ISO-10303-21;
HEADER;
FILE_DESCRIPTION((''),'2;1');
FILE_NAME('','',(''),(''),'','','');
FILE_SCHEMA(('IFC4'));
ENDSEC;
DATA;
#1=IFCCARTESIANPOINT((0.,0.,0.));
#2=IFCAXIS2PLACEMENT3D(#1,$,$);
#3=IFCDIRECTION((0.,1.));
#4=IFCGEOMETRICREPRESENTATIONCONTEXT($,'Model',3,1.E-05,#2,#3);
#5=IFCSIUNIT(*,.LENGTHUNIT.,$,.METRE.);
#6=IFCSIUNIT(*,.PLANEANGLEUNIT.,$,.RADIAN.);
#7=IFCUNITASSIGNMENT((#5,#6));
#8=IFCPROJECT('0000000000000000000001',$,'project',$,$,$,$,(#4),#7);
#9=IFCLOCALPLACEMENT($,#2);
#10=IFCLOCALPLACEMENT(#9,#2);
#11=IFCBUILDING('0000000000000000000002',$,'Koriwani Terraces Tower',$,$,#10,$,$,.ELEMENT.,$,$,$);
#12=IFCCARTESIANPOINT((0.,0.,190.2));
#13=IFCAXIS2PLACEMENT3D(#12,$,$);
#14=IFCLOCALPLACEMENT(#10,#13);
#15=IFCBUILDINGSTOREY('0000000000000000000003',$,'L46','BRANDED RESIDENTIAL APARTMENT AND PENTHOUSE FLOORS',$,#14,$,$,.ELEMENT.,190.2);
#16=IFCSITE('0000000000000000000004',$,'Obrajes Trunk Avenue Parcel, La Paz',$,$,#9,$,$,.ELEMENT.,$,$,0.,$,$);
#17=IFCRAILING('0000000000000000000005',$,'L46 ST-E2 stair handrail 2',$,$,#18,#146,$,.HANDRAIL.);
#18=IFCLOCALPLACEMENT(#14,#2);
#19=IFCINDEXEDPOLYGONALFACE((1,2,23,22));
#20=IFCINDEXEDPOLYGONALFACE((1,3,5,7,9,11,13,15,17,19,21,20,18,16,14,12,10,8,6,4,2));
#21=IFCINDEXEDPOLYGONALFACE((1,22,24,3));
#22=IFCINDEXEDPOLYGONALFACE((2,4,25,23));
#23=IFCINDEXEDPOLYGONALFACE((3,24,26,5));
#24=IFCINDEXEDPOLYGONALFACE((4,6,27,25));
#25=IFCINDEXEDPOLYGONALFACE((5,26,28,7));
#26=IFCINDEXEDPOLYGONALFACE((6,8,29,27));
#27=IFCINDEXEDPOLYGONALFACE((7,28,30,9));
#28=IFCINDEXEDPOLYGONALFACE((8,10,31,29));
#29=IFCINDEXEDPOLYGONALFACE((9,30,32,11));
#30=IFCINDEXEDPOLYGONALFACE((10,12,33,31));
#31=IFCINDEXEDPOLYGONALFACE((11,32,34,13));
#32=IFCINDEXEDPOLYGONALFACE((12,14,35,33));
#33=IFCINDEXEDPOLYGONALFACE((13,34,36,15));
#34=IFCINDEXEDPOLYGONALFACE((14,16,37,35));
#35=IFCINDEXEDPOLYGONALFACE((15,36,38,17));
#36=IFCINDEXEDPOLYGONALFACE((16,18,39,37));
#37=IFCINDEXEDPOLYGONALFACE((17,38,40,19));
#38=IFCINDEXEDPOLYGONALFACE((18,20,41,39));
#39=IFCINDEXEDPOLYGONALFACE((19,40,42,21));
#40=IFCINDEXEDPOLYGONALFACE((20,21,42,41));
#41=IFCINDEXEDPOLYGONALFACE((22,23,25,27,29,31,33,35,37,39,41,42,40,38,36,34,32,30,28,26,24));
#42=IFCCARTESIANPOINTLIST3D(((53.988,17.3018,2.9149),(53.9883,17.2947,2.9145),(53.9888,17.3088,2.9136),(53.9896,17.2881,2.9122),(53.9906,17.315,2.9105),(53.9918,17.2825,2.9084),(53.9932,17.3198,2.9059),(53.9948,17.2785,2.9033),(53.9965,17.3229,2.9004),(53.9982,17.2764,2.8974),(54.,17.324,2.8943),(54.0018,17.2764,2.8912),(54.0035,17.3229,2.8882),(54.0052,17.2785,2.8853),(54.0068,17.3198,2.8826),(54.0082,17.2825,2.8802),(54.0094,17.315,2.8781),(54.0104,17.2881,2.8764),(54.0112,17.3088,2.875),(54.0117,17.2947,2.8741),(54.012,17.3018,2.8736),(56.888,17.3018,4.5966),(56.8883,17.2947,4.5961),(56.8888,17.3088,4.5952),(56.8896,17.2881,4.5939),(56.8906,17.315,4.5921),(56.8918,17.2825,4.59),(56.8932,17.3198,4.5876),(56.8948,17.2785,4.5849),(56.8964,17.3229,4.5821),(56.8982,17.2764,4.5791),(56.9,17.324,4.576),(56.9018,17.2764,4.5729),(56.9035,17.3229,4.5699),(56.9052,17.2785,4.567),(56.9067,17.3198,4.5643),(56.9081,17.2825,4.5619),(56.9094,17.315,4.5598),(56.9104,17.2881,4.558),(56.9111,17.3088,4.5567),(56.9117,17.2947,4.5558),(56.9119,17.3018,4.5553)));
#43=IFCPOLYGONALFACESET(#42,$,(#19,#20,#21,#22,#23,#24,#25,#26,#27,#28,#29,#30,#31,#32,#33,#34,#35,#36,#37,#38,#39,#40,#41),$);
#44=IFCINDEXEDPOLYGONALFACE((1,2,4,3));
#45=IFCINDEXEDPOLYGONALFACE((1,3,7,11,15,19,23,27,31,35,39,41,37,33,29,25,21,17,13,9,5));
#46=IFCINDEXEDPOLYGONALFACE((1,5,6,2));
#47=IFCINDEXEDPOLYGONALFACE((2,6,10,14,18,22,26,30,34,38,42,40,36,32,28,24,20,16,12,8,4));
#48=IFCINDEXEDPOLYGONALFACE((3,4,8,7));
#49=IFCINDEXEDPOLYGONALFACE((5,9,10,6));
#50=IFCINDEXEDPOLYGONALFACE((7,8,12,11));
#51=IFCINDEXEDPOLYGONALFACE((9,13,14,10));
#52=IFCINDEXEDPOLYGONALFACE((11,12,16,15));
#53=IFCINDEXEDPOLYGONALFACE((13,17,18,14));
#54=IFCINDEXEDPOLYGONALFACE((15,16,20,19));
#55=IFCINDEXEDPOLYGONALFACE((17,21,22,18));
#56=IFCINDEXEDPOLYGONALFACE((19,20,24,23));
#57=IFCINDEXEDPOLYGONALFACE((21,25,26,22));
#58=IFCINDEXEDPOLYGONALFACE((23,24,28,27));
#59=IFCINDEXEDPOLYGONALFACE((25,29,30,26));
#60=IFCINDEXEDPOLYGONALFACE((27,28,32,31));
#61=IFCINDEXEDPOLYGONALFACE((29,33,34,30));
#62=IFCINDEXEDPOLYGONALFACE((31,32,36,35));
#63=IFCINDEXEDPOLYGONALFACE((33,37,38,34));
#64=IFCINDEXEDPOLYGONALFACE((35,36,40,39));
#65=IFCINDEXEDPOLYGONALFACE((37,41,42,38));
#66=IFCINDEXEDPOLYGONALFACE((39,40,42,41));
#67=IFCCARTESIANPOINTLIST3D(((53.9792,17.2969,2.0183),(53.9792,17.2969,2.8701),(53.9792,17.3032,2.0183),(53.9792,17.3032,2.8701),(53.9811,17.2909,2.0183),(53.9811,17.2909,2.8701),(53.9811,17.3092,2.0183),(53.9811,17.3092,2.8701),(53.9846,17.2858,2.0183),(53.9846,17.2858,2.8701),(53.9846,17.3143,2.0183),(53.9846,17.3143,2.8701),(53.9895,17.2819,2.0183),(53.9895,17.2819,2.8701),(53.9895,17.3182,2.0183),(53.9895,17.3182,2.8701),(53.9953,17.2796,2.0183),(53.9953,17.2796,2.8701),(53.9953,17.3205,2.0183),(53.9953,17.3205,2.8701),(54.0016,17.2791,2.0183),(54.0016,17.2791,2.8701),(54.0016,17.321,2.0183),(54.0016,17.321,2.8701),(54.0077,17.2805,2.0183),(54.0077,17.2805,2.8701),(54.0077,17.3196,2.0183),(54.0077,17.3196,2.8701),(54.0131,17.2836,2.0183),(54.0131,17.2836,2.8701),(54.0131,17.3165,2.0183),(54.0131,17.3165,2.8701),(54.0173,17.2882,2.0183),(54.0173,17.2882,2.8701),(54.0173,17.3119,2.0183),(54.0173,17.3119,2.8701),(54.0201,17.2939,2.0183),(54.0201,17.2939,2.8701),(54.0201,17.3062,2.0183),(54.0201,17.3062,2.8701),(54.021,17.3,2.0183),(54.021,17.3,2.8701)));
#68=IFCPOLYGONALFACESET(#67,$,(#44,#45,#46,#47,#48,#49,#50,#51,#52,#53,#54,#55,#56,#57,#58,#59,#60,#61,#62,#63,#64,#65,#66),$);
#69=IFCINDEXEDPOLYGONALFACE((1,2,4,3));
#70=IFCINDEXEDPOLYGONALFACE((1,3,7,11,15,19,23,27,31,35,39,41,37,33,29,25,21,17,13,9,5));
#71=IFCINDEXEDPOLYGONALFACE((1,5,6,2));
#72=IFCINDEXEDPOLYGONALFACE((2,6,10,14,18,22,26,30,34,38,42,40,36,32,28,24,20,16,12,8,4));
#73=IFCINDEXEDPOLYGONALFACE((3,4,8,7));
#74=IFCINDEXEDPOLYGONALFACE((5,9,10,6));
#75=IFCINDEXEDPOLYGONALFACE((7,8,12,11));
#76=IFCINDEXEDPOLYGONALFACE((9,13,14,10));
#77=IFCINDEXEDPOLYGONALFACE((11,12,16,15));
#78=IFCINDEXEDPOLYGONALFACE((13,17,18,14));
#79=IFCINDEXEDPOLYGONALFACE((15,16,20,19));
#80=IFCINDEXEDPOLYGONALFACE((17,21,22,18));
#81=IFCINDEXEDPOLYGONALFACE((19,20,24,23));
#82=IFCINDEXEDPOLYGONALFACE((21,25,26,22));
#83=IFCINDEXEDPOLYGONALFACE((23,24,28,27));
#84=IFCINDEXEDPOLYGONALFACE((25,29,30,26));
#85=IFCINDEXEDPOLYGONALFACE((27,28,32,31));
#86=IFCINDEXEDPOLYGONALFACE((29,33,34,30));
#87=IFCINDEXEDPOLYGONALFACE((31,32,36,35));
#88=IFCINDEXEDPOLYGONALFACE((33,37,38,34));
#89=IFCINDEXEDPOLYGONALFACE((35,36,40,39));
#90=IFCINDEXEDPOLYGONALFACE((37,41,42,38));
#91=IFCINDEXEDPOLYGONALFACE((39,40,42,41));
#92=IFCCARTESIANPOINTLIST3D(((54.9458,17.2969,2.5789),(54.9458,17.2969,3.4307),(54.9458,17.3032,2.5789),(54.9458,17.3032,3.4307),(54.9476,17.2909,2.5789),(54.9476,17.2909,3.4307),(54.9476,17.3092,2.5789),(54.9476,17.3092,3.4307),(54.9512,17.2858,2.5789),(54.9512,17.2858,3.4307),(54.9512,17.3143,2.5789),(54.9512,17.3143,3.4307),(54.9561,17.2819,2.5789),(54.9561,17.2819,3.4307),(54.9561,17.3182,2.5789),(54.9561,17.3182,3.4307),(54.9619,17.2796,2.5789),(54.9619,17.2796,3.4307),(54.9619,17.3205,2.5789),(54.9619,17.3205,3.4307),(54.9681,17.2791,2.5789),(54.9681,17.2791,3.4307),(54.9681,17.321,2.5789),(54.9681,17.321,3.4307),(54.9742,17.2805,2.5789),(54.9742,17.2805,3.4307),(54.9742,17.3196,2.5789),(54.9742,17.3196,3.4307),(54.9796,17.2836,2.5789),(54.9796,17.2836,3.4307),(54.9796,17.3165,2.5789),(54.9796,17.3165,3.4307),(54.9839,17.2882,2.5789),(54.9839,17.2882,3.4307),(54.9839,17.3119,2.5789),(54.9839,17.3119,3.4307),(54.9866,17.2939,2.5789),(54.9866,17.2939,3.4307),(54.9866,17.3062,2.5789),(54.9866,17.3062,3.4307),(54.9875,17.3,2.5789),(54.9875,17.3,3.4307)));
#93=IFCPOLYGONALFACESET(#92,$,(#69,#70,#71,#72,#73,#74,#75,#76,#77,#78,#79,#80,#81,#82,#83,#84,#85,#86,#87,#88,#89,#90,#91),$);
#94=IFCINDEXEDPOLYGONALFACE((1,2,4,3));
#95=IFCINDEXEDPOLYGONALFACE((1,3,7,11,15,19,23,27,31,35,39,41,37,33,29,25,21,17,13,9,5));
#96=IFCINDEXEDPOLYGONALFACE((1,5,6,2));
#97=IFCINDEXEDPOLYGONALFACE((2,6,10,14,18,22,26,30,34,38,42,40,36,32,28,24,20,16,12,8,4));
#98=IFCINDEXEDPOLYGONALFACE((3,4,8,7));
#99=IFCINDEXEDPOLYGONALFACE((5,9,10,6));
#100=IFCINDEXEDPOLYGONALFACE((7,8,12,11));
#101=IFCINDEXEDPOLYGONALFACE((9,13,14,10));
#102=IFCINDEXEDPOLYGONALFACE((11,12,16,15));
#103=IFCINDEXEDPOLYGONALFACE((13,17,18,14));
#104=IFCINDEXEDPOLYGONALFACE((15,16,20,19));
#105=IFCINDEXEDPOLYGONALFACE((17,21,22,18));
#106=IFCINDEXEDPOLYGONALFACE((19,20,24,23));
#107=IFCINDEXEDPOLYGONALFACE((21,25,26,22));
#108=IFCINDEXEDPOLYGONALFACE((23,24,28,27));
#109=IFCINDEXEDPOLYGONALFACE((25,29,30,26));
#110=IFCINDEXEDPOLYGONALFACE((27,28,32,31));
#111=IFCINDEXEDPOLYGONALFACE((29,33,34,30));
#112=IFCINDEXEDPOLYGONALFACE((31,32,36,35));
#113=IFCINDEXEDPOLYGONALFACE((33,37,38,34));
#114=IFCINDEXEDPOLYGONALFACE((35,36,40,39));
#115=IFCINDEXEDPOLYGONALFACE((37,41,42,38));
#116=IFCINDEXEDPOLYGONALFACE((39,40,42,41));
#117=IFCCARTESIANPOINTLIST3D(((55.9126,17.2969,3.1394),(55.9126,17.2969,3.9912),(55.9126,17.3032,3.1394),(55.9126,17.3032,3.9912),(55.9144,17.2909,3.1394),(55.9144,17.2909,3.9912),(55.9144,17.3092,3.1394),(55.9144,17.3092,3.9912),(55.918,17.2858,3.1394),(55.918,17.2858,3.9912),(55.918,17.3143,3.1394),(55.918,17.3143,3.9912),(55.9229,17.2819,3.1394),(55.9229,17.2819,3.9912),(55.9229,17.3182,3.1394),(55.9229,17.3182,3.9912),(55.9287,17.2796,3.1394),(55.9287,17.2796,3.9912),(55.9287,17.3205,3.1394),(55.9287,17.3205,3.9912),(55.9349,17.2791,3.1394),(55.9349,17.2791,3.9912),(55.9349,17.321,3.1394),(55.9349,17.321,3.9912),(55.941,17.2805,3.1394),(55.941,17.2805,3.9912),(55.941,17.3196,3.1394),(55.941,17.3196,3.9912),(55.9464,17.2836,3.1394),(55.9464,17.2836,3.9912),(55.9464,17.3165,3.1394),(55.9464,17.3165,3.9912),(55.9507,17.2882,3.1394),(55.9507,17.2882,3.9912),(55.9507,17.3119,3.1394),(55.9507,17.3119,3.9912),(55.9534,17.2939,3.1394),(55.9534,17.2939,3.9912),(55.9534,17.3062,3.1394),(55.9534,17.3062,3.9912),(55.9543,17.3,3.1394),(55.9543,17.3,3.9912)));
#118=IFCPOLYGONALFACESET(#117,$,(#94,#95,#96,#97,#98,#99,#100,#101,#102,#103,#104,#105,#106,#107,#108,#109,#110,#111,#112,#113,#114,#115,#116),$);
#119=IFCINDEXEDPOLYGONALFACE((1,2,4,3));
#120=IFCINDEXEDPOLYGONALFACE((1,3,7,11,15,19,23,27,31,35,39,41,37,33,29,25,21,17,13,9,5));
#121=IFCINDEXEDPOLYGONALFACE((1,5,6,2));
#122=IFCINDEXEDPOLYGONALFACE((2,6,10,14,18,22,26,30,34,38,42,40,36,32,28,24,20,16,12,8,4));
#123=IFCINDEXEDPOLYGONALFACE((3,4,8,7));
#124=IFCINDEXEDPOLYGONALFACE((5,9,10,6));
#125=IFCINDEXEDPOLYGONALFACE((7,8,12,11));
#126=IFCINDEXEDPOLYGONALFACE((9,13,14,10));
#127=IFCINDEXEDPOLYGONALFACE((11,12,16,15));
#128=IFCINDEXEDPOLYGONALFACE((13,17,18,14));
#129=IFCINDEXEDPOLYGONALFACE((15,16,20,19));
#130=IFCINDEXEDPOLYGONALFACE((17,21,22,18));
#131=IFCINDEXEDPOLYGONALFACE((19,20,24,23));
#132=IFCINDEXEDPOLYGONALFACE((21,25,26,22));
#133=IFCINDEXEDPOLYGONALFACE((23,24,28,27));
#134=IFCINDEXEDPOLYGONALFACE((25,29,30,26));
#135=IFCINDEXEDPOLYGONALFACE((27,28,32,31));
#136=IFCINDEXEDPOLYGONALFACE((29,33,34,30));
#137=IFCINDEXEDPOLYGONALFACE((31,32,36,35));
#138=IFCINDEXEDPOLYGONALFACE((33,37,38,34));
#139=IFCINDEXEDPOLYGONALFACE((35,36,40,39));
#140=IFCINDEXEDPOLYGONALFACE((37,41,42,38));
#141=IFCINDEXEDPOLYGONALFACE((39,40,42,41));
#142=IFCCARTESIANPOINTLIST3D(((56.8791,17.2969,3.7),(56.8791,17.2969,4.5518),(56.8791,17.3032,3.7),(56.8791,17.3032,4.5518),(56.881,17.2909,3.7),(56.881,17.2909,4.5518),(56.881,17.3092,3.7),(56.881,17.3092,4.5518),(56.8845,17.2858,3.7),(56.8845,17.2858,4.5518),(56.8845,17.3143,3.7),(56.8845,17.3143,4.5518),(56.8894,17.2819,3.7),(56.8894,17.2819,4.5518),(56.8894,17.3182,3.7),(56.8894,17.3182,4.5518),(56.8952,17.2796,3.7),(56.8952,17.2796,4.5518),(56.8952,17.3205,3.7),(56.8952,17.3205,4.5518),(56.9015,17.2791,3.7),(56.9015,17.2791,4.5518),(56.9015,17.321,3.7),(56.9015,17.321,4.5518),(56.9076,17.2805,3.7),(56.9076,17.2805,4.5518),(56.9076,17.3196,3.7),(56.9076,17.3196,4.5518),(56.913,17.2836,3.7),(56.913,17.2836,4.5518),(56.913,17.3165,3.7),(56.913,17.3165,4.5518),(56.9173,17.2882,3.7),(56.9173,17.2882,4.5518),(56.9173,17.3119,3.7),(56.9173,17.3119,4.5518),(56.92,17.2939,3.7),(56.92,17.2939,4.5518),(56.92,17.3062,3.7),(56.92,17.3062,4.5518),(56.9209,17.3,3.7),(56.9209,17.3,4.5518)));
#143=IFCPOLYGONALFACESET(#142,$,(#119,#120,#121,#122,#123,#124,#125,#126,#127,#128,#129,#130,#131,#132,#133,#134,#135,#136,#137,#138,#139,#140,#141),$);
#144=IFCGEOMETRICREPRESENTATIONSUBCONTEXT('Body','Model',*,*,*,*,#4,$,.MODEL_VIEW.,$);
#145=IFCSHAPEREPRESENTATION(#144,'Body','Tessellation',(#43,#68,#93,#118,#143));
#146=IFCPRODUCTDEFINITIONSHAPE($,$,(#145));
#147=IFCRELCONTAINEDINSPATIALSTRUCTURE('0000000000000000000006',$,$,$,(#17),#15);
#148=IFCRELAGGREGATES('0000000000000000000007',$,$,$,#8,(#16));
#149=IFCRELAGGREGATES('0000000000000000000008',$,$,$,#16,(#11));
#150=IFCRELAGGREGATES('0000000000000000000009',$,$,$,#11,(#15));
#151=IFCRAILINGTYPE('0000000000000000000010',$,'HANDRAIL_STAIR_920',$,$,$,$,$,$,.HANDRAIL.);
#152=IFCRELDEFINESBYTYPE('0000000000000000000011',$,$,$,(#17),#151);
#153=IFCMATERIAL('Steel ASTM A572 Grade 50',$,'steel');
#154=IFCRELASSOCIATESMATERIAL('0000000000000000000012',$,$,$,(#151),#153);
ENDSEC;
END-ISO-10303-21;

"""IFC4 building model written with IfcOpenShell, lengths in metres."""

from ifc_helpers import new_model, si_unit, direction, frame, origin, origin_2d, place, context, subcontext, project, spatial, circle, extrude, material, type_object, element, save


model = new_model("IFC4")

# Units and contexts
model_context = context("Model", 3, precision=1e-05, world=origin(), true_north=direction((0.0, 1.0)))
body_context = subcontext(model_context, "Body", "Model", "MODEL_VIEW")
ifc_project = project(units=[si_unit("LENGTHUNIT", "METRE"), si_unit("PLANEANGLEUNIT", "RADIAN")], contexts=[model_context])

# Site, building, storey
site_placement = place(None, origin())
site = spatial("IfcSite", under=ifc_project, at=site_placement, Name="Obrajes Trunk Avenue Parcel, La Paz", CompositionType="ELEMENT", RefElevation=0.0)
building_placement = place(site_placement, origin())
building = spatial("IfcBuilding", under=site, at=building_placement, Name="Koriwani Terraces Tower", CompositionType="ELEMENT")
storey_placement = place(building_placement, frame((0.0, 0.0, 190.2)))
storey = spatial("IfcBuildingStorey", under=building, at=storey_placement, Name="L46", Description="BRANDED RESIDENTIAL APARTMENT AND PENTHOUSE FLOORS", CompositionType="ELEMENT", Elevation=190.2)

# Shared definitions
ifc_material_1 = material(Name="Steel ASTM A572 Grade 50", Category="steel")

# Railing
railing_type_1 = type_object("IfcRailingType", Name="HANDRAIL_STAIR_920", PredefinedType="HANDRAIL", material=ifc_material_1)
railing_1_placement = place(storey_placement, frame((54.0, 17.3, 2.0183)))
element("IfcRailing", 1, at=railing_1_placement, inside=storey, type_object=railing_type_1, Name="L46 ST-E2 stair handrail 2", PredefinedType="HANDRAIL", context=body_context, shape_type="SweptSolid", body=[
    extrude(circle(Radius=0.0239, at=origin_2d()), frame((0.0, 0.0, 0.876), z_axis=(0.86507, 0.0, 0.501651), x_axis=(0.0, 1.0, 0.0)), (0.0, 0.0, 1.0), 3.3523),
    extrude(circle(Radius=0.021, at=origin_2d()), origin(), (0.0, 0.0, 1.0), 0.8518),
    extrude(circle(Radius=0.021, at=origin_2d()), frame((0.9666, 0.0, 0.5605)), (0.0, 0.0, 1.0), 0.8518),
    extrude(circle(Radius=0.021, at=origin_2d()), frame((1.9333, 0.0, 1.1211)), (0.0, 0.0, 1.0), 0.8518),
    extrude(circle(Radius=0.021, at=origin_2d()), frame((2.8999, 0.0, 1.6816)), (0.0, 0.0, 1.0), 0.8518),
])

save(model, "model.ifc")
